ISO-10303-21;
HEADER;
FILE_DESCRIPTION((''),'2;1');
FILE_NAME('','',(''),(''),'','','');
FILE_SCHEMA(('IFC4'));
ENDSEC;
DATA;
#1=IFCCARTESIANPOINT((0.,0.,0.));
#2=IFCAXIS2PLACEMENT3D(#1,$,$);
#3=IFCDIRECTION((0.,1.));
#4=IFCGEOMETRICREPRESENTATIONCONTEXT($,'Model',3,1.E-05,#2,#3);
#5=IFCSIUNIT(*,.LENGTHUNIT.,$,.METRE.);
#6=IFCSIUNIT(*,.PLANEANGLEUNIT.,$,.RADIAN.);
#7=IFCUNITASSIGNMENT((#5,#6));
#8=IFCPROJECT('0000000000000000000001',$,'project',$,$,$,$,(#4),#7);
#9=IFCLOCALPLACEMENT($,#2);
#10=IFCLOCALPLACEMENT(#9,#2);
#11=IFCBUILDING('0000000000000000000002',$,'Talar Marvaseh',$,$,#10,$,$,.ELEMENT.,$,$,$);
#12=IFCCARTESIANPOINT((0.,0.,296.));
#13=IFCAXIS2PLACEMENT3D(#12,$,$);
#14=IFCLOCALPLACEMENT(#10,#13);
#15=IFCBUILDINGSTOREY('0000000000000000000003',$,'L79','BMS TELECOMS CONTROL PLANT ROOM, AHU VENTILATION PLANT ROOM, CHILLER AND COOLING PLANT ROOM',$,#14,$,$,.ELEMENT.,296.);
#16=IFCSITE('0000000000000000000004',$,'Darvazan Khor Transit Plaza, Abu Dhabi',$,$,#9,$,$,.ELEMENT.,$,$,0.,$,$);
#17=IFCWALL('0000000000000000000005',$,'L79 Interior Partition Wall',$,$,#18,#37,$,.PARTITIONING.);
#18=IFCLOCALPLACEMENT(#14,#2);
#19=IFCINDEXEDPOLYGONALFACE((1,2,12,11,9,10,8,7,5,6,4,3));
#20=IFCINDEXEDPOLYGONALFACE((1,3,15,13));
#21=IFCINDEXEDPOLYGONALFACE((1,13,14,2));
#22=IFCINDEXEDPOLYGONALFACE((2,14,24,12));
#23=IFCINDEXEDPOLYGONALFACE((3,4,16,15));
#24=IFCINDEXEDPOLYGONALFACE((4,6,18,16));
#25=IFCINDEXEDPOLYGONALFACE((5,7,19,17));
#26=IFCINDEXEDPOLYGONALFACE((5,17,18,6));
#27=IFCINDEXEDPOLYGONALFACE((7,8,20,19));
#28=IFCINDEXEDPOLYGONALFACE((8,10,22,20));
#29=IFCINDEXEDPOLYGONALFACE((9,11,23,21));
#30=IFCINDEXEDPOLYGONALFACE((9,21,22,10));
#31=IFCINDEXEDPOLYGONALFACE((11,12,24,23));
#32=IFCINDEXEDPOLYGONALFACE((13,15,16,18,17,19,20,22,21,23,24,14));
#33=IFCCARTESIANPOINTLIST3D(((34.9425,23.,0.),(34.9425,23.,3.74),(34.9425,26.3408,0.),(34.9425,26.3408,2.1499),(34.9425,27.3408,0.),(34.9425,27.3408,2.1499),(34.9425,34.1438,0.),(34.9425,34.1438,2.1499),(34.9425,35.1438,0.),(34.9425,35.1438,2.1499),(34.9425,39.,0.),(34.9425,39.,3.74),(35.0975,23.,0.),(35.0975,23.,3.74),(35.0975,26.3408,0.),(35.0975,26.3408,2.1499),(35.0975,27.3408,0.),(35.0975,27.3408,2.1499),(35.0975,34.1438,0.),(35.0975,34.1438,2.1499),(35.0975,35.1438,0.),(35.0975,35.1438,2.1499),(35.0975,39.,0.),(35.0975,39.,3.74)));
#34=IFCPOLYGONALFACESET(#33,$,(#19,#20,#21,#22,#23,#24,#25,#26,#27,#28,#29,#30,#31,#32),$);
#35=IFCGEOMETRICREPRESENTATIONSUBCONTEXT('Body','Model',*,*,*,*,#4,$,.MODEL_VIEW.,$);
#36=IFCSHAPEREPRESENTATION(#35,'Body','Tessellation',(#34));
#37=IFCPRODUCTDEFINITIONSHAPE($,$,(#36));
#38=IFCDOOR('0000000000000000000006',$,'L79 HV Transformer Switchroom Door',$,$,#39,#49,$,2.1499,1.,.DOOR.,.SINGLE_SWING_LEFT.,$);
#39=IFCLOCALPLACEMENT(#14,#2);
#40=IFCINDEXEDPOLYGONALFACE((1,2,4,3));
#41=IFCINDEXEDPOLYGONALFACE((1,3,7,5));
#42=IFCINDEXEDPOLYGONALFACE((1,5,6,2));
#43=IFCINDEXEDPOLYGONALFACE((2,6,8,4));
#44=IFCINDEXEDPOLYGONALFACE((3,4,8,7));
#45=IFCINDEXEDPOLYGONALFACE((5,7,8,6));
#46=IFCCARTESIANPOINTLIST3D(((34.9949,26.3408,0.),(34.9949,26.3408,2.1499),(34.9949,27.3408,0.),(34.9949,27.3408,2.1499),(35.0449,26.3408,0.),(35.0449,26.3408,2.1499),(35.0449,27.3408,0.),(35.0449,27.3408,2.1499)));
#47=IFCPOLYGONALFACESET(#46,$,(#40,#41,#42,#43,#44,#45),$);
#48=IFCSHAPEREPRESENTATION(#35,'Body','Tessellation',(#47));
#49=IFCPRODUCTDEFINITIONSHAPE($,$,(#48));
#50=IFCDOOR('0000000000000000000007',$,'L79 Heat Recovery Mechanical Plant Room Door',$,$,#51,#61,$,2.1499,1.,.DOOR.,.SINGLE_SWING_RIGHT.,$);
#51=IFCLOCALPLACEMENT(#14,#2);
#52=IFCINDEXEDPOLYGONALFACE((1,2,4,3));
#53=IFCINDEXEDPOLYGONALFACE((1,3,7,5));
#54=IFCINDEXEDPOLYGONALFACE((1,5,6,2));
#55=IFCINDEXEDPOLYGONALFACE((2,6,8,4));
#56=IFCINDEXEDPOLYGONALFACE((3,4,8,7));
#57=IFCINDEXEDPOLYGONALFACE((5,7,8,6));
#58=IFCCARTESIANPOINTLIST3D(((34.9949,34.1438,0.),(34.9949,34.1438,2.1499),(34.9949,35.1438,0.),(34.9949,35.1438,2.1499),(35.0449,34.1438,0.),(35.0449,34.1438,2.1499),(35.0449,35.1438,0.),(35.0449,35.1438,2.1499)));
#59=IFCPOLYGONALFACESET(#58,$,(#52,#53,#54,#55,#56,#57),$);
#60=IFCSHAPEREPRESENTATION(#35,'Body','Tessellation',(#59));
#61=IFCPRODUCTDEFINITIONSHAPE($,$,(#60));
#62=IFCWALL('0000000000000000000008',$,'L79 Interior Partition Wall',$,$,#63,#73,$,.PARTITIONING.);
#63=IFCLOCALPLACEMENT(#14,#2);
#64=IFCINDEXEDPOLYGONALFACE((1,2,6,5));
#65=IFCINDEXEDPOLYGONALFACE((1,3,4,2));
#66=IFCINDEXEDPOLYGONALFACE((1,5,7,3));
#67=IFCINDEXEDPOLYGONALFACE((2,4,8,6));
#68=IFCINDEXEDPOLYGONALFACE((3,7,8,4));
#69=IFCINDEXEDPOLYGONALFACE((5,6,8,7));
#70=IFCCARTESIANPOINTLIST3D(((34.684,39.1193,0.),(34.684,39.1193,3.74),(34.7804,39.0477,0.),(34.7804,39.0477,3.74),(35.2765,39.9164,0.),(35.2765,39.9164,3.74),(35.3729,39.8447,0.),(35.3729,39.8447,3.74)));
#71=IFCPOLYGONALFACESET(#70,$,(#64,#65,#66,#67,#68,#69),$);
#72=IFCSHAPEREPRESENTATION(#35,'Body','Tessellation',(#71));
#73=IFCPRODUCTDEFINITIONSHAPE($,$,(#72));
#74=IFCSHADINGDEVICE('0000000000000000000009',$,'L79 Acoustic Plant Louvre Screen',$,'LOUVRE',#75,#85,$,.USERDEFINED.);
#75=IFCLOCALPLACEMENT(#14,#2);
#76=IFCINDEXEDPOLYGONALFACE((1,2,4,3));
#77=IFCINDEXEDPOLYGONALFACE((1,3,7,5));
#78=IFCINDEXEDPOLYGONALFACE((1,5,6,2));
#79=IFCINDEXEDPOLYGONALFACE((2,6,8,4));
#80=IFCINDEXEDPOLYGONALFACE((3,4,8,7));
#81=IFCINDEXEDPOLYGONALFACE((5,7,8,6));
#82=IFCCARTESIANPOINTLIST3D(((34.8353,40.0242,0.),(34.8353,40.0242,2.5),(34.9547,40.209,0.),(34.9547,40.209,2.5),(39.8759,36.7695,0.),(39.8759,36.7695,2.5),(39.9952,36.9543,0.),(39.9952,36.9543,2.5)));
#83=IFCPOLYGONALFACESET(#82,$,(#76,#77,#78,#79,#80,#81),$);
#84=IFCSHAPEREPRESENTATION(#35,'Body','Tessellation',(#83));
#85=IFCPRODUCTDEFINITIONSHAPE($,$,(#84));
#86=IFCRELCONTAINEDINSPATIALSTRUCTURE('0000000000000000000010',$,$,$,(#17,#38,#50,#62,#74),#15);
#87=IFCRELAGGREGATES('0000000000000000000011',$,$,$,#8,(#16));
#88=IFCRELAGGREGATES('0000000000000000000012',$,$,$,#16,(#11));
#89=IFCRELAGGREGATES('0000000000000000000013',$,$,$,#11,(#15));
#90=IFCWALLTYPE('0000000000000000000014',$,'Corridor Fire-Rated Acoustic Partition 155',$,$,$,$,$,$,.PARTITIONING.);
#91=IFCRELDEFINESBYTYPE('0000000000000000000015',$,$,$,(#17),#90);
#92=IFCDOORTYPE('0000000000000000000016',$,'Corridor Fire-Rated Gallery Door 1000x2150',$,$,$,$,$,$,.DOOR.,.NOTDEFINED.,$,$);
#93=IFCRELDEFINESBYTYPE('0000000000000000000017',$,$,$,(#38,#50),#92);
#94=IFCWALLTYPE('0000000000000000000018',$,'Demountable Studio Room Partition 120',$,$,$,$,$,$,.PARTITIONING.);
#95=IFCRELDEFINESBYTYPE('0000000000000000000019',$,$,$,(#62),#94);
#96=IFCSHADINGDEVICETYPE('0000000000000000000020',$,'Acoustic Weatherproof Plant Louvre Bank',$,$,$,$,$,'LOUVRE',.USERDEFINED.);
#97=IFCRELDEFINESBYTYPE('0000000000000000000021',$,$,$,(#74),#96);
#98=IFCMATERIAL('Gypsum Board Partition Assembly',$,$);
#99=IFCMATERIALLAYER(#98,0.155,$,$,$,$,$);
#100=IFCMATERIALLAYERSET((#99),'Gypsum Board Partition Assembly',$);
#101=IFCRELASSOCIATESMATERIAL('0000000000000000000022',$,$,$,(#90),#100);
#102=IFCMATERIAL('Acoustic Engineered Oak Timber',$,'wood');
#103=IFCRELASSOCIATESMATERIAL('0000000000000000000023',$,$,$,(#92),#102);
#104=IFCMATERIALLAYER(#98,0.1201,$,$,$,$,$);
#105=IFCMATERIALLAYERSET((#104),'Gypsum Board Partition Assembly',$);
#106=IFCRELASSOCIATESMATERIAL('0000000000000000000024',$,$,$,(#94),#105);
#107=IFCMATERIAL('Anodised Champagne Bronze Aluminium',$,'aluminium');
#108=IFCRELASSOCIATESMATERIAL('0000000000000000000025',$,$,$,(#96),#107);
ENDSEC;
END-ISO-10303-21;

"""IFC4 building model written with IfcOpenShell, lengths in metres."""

from ifc_helpers import new_model, si_unit, direction, frame, frame_2d, origin, origin_2d, place, context, subcontext, project, spatial, rectangle, extrude, source, transform, mapped, material, layer, layer_set, type_object, type_shapes, element, fill, save


model = new_model("IFC4")

# Units and contexts
model_context = context("Model", 3, precision=1e-05, world=origin(), true_north=direction((0.0, 1.0)))
body_context = subcontext(model_context, "Body", "Model", "MODEL_VIEW")
ifc_project = project(units=[si_unit("LENGTHUNIT", "METRE"), si_unit("PLANEANGLEUNIT", "RADIAN")], contexts=[model_context])

# Site, building, storey
site_placement = place(None, origin())
site = spatial("IfcSite", under=ifc_project, at=site_placement, Name="Darvazan Khor Transit Plaza, Abu Dhabi", CompositionType="ELEMENT", RefElevation=0.0)
building_placement = place(site_placement, origin())
building = spatial("IfcBuilding", under=site, at=building_placement, Name="Talar Marvaseh", CompositionType="ELEMENT")
storey_placement = place(building_placement, frame((0.0, 0.0, 296.0)))
storey = spatial("IfcBuildingStorey", under=building, at=storey_placement, Name="L79", Description="BMS TELECOMS CONTROL PLANT ROOM, AHU VENTILATION PLANT ROOM, CHILLER AND COOLING PLANT ROOM", CompositionType="ELEMENT", Elevation=296.0)

# Wall, openings, doors
ifc_material_1 = material(Name="Gypsum Board Partition Assembly")
ifc_layer_1 = layer(ifc_material_1, 0.155)
ifc_layer_set_1 = layer_set([ifc_layer_1], Name="Gypsum Board Partition Assembly")
wall_type_1 = type_object("IfcWallType", Name="Corridor Fire-Rated Acoustic Partition 155", PredefinedType="PARTITIONING", material=ifc_layer_set_1)
wall_1_placement = place(storey_placement, frame((35.02, 39.0, 0.0), z_axis=(0.0, 0.0, 1.0), x_axis=(0.0, -1.0, 0.0)))
wall_1 = element("IfcWall", 1, at=wall_1_placement, inside=storey, type_object=wall_type_1, Name="L79 Interior Partition Wall", PredefinedType="PARTITIONING", context=body_context, shape_type="SweptSolid", body=[
    extrude(rectangle(XDim=16.0, YDim=0.155, at=frame_2d((8.0, 0.0))), origin(), (0.0, 0.0, 1.0), 3.74),
])
opening_1_placement = place(wall_1_placement, frame((11.6592, 0.0, 0.0)))
opening_1 = element("IfcOpeningElement", 2, at=opening_1_placement, cuts=wall_1, PredefinedType="OPENING", context=body_context, shape_type="SweptSolid", body=[
    extrude(rectangle(XDim=1.0, YDim=2.1499, at=frame_2d((0.5, 1.075))), frame((0.0, 0.0874, 0.0), z_axis=(0.0, -1.0, 0.0), x_axis=(1.0, 0.0, 0.0)), (0.0, 0.0, 1.0), 0.175),
])
opening_2_placement = place(wall_1_placement, frame((3.8562, 0.0, 0.0)))
opening_2 = element("IfcOpeningElement", 3, at=opening_2_placement, cuts=wall_1, PredefinedType="OPENING", context=body_context, shape_type="SweptSolid", body=[
    extrude(rectangle(XDim=1.0, YDim=2.1499, at=frame_2d((0.5, 1.075))), frame((0.0, 0.0874, 0.0), z_axis=(0.0, -1.0, 0.0), x_axis=(1.0, 0.0, 0.0)), (0.0, 0.0, 1.0), 0.175),
])
ifc_material_2 = material(Name="Acoustic Engineered Oak Timber", Category="wood")
door_type = type_object("IfcDoorType", Name="Corridor Fire-Rated Gallery Door 1000x2150", OperationType="NOTDEFINED", PredefinedType="DOOR", material=ifc_material_2)
shared_shape_1 = source(origin(), body_context, "Body", "SweptSolid", [
    extrude(rectangle(XDim=1.0, YDim=2.1499, at=frame_2d((0.5, 1.075))), frame((0.0, 0.0249, 0.0), z_axis=(0.0, -1.0, 0.0), x_axis=(1.0, 0.0, 0.0)), (0.0, 0.0, 1.0), 0.05),
])
type_shapes(door_type, [shared_shape_1])
door_1_placement = place(opening_1_placement, origin())
door_1 = element("IfcDoor", 4, at=door_1_placement, inside=storey, type_object=door_type, Name="L79 HV Transformer Switchroom Door", OperationType="SINGLE_SWING_LEFT", OverallHeight=2.1499, OverallWidth=1.0, PredefinedType="DOOR", context=body_context, shape_type="MappedRepresentation", body=[
    mapped(shared_shape_1, transform((0.0, 0.0, 0.0), x_axis=(1.0, 0.0, 0.0), y_axis=(0.0, 1.0, 0.0), z_axis=(0.0, 0.0, 1.0), scale=1.0)),
])
fill(opening_1, door_1)
door_2_placement = place(opening_2_placement, origin())
door_2 = element("IfcDoor", 5, at=door_2_placement, inside=storey, type_object=door_type, Name="L79 Heat Recovery Mechanical Plant Room Door", OperationType="SINGLE_SWING_RIGHT", OverallHeight=2.1499, OverallWidth=1.0, PredefinedType="DOOR", context=body_context, shape_type="MappedRepresentation", body=[
    mapped(shared_shape_1, transform((0.0, 0.0, 0.0), x_axis=(1.0, 0.0, 0.0), y_axis=(0.0, 1.0, 0.0), z_axis=(0.0, 0.0, 1.0), scale=1.0)),
])
fill(opening_2, door_2)

# Wall
ifc_layer_2 = layer(ifc_material_1, 0.1201)
ifc_layer_set_2 = layer_set([ifc_layer_2], Name="Gypsum Board Partition Assembly")
wall_type_2 = type_object("IfcWallType", Name="Demountable Studio Room Partition 120", PredefinedType="PARTITIONING", material=ifc_layer_set_2)
wall_2_placement = place(storey_placement, frame((34.7322, 39.0835, 0.0), z_axis=(0.0, 0.0, 1.0), x_axis=(0.596573, 0.802559, 0.0)))
element("IfcWall", 6, at=wall_2_placement, inside=storey, type_object=wall_type_2, Name="L79 Interior Partition Wall", PredefinedType="PARTITIONING", context=body_context, shape_type="SweptSolid", body=[
    extrude(rectangle(XDim=0.9932, YDim=0.1201, at=frame_2d((0.4966, 0.0))), origin(), (0.0, 0.0, 1.0), 3.74),
])

# Shading device
ifc_material_3 = material(Name="Anodised Champagne Bronze Aluminium", Category="aluminium")
shading_device_type = type_object("IfcShadingDeviceType", Name="Acoustic Weatherproof Plant Louvre Bank", ElementType="LOUVRE", PredefinedType="USERDEFINED", material=ifc_material_3)
shared_shape_2 = source(origin(), body_context, "Body", "SweptSolid", [
    extrude(rectangle(XDim=6.0, YDim=0.22, at=origin_2d()), origin(), (0.0, 0.0, 1.0), 2.5),
])
type_shapes(shading_device_type, [shared_shape_2])
shading_device_placement = place(storey_placement, frame((37.4153, 38.4893, 0.0), z_axis=(0.0, 0.0, 1.0), x_axis=(0.840094, -0.542442, 0.0)))
element("IfcShadingDevice", 7, at=shading_device_placement, inside=storey, type_object=shading_device_type, Name="L79 Acoustic Plant Louvre Screen", ObjectType="LOUVRE", PredefinedType="USERDEFINED", context=body_context, shape_type="MappedRepresentation", body=[
    mapped(shared_shape_2, transform((0.0, 0.0, 0.0), x_axis=(1.0, 0.0, 0.0), y_axis=(0.0, 1.0, 0.0), z_axis=(0.0, 0.0, 1.0), scale=1.0)),
])

save(model, "model.ifc")
